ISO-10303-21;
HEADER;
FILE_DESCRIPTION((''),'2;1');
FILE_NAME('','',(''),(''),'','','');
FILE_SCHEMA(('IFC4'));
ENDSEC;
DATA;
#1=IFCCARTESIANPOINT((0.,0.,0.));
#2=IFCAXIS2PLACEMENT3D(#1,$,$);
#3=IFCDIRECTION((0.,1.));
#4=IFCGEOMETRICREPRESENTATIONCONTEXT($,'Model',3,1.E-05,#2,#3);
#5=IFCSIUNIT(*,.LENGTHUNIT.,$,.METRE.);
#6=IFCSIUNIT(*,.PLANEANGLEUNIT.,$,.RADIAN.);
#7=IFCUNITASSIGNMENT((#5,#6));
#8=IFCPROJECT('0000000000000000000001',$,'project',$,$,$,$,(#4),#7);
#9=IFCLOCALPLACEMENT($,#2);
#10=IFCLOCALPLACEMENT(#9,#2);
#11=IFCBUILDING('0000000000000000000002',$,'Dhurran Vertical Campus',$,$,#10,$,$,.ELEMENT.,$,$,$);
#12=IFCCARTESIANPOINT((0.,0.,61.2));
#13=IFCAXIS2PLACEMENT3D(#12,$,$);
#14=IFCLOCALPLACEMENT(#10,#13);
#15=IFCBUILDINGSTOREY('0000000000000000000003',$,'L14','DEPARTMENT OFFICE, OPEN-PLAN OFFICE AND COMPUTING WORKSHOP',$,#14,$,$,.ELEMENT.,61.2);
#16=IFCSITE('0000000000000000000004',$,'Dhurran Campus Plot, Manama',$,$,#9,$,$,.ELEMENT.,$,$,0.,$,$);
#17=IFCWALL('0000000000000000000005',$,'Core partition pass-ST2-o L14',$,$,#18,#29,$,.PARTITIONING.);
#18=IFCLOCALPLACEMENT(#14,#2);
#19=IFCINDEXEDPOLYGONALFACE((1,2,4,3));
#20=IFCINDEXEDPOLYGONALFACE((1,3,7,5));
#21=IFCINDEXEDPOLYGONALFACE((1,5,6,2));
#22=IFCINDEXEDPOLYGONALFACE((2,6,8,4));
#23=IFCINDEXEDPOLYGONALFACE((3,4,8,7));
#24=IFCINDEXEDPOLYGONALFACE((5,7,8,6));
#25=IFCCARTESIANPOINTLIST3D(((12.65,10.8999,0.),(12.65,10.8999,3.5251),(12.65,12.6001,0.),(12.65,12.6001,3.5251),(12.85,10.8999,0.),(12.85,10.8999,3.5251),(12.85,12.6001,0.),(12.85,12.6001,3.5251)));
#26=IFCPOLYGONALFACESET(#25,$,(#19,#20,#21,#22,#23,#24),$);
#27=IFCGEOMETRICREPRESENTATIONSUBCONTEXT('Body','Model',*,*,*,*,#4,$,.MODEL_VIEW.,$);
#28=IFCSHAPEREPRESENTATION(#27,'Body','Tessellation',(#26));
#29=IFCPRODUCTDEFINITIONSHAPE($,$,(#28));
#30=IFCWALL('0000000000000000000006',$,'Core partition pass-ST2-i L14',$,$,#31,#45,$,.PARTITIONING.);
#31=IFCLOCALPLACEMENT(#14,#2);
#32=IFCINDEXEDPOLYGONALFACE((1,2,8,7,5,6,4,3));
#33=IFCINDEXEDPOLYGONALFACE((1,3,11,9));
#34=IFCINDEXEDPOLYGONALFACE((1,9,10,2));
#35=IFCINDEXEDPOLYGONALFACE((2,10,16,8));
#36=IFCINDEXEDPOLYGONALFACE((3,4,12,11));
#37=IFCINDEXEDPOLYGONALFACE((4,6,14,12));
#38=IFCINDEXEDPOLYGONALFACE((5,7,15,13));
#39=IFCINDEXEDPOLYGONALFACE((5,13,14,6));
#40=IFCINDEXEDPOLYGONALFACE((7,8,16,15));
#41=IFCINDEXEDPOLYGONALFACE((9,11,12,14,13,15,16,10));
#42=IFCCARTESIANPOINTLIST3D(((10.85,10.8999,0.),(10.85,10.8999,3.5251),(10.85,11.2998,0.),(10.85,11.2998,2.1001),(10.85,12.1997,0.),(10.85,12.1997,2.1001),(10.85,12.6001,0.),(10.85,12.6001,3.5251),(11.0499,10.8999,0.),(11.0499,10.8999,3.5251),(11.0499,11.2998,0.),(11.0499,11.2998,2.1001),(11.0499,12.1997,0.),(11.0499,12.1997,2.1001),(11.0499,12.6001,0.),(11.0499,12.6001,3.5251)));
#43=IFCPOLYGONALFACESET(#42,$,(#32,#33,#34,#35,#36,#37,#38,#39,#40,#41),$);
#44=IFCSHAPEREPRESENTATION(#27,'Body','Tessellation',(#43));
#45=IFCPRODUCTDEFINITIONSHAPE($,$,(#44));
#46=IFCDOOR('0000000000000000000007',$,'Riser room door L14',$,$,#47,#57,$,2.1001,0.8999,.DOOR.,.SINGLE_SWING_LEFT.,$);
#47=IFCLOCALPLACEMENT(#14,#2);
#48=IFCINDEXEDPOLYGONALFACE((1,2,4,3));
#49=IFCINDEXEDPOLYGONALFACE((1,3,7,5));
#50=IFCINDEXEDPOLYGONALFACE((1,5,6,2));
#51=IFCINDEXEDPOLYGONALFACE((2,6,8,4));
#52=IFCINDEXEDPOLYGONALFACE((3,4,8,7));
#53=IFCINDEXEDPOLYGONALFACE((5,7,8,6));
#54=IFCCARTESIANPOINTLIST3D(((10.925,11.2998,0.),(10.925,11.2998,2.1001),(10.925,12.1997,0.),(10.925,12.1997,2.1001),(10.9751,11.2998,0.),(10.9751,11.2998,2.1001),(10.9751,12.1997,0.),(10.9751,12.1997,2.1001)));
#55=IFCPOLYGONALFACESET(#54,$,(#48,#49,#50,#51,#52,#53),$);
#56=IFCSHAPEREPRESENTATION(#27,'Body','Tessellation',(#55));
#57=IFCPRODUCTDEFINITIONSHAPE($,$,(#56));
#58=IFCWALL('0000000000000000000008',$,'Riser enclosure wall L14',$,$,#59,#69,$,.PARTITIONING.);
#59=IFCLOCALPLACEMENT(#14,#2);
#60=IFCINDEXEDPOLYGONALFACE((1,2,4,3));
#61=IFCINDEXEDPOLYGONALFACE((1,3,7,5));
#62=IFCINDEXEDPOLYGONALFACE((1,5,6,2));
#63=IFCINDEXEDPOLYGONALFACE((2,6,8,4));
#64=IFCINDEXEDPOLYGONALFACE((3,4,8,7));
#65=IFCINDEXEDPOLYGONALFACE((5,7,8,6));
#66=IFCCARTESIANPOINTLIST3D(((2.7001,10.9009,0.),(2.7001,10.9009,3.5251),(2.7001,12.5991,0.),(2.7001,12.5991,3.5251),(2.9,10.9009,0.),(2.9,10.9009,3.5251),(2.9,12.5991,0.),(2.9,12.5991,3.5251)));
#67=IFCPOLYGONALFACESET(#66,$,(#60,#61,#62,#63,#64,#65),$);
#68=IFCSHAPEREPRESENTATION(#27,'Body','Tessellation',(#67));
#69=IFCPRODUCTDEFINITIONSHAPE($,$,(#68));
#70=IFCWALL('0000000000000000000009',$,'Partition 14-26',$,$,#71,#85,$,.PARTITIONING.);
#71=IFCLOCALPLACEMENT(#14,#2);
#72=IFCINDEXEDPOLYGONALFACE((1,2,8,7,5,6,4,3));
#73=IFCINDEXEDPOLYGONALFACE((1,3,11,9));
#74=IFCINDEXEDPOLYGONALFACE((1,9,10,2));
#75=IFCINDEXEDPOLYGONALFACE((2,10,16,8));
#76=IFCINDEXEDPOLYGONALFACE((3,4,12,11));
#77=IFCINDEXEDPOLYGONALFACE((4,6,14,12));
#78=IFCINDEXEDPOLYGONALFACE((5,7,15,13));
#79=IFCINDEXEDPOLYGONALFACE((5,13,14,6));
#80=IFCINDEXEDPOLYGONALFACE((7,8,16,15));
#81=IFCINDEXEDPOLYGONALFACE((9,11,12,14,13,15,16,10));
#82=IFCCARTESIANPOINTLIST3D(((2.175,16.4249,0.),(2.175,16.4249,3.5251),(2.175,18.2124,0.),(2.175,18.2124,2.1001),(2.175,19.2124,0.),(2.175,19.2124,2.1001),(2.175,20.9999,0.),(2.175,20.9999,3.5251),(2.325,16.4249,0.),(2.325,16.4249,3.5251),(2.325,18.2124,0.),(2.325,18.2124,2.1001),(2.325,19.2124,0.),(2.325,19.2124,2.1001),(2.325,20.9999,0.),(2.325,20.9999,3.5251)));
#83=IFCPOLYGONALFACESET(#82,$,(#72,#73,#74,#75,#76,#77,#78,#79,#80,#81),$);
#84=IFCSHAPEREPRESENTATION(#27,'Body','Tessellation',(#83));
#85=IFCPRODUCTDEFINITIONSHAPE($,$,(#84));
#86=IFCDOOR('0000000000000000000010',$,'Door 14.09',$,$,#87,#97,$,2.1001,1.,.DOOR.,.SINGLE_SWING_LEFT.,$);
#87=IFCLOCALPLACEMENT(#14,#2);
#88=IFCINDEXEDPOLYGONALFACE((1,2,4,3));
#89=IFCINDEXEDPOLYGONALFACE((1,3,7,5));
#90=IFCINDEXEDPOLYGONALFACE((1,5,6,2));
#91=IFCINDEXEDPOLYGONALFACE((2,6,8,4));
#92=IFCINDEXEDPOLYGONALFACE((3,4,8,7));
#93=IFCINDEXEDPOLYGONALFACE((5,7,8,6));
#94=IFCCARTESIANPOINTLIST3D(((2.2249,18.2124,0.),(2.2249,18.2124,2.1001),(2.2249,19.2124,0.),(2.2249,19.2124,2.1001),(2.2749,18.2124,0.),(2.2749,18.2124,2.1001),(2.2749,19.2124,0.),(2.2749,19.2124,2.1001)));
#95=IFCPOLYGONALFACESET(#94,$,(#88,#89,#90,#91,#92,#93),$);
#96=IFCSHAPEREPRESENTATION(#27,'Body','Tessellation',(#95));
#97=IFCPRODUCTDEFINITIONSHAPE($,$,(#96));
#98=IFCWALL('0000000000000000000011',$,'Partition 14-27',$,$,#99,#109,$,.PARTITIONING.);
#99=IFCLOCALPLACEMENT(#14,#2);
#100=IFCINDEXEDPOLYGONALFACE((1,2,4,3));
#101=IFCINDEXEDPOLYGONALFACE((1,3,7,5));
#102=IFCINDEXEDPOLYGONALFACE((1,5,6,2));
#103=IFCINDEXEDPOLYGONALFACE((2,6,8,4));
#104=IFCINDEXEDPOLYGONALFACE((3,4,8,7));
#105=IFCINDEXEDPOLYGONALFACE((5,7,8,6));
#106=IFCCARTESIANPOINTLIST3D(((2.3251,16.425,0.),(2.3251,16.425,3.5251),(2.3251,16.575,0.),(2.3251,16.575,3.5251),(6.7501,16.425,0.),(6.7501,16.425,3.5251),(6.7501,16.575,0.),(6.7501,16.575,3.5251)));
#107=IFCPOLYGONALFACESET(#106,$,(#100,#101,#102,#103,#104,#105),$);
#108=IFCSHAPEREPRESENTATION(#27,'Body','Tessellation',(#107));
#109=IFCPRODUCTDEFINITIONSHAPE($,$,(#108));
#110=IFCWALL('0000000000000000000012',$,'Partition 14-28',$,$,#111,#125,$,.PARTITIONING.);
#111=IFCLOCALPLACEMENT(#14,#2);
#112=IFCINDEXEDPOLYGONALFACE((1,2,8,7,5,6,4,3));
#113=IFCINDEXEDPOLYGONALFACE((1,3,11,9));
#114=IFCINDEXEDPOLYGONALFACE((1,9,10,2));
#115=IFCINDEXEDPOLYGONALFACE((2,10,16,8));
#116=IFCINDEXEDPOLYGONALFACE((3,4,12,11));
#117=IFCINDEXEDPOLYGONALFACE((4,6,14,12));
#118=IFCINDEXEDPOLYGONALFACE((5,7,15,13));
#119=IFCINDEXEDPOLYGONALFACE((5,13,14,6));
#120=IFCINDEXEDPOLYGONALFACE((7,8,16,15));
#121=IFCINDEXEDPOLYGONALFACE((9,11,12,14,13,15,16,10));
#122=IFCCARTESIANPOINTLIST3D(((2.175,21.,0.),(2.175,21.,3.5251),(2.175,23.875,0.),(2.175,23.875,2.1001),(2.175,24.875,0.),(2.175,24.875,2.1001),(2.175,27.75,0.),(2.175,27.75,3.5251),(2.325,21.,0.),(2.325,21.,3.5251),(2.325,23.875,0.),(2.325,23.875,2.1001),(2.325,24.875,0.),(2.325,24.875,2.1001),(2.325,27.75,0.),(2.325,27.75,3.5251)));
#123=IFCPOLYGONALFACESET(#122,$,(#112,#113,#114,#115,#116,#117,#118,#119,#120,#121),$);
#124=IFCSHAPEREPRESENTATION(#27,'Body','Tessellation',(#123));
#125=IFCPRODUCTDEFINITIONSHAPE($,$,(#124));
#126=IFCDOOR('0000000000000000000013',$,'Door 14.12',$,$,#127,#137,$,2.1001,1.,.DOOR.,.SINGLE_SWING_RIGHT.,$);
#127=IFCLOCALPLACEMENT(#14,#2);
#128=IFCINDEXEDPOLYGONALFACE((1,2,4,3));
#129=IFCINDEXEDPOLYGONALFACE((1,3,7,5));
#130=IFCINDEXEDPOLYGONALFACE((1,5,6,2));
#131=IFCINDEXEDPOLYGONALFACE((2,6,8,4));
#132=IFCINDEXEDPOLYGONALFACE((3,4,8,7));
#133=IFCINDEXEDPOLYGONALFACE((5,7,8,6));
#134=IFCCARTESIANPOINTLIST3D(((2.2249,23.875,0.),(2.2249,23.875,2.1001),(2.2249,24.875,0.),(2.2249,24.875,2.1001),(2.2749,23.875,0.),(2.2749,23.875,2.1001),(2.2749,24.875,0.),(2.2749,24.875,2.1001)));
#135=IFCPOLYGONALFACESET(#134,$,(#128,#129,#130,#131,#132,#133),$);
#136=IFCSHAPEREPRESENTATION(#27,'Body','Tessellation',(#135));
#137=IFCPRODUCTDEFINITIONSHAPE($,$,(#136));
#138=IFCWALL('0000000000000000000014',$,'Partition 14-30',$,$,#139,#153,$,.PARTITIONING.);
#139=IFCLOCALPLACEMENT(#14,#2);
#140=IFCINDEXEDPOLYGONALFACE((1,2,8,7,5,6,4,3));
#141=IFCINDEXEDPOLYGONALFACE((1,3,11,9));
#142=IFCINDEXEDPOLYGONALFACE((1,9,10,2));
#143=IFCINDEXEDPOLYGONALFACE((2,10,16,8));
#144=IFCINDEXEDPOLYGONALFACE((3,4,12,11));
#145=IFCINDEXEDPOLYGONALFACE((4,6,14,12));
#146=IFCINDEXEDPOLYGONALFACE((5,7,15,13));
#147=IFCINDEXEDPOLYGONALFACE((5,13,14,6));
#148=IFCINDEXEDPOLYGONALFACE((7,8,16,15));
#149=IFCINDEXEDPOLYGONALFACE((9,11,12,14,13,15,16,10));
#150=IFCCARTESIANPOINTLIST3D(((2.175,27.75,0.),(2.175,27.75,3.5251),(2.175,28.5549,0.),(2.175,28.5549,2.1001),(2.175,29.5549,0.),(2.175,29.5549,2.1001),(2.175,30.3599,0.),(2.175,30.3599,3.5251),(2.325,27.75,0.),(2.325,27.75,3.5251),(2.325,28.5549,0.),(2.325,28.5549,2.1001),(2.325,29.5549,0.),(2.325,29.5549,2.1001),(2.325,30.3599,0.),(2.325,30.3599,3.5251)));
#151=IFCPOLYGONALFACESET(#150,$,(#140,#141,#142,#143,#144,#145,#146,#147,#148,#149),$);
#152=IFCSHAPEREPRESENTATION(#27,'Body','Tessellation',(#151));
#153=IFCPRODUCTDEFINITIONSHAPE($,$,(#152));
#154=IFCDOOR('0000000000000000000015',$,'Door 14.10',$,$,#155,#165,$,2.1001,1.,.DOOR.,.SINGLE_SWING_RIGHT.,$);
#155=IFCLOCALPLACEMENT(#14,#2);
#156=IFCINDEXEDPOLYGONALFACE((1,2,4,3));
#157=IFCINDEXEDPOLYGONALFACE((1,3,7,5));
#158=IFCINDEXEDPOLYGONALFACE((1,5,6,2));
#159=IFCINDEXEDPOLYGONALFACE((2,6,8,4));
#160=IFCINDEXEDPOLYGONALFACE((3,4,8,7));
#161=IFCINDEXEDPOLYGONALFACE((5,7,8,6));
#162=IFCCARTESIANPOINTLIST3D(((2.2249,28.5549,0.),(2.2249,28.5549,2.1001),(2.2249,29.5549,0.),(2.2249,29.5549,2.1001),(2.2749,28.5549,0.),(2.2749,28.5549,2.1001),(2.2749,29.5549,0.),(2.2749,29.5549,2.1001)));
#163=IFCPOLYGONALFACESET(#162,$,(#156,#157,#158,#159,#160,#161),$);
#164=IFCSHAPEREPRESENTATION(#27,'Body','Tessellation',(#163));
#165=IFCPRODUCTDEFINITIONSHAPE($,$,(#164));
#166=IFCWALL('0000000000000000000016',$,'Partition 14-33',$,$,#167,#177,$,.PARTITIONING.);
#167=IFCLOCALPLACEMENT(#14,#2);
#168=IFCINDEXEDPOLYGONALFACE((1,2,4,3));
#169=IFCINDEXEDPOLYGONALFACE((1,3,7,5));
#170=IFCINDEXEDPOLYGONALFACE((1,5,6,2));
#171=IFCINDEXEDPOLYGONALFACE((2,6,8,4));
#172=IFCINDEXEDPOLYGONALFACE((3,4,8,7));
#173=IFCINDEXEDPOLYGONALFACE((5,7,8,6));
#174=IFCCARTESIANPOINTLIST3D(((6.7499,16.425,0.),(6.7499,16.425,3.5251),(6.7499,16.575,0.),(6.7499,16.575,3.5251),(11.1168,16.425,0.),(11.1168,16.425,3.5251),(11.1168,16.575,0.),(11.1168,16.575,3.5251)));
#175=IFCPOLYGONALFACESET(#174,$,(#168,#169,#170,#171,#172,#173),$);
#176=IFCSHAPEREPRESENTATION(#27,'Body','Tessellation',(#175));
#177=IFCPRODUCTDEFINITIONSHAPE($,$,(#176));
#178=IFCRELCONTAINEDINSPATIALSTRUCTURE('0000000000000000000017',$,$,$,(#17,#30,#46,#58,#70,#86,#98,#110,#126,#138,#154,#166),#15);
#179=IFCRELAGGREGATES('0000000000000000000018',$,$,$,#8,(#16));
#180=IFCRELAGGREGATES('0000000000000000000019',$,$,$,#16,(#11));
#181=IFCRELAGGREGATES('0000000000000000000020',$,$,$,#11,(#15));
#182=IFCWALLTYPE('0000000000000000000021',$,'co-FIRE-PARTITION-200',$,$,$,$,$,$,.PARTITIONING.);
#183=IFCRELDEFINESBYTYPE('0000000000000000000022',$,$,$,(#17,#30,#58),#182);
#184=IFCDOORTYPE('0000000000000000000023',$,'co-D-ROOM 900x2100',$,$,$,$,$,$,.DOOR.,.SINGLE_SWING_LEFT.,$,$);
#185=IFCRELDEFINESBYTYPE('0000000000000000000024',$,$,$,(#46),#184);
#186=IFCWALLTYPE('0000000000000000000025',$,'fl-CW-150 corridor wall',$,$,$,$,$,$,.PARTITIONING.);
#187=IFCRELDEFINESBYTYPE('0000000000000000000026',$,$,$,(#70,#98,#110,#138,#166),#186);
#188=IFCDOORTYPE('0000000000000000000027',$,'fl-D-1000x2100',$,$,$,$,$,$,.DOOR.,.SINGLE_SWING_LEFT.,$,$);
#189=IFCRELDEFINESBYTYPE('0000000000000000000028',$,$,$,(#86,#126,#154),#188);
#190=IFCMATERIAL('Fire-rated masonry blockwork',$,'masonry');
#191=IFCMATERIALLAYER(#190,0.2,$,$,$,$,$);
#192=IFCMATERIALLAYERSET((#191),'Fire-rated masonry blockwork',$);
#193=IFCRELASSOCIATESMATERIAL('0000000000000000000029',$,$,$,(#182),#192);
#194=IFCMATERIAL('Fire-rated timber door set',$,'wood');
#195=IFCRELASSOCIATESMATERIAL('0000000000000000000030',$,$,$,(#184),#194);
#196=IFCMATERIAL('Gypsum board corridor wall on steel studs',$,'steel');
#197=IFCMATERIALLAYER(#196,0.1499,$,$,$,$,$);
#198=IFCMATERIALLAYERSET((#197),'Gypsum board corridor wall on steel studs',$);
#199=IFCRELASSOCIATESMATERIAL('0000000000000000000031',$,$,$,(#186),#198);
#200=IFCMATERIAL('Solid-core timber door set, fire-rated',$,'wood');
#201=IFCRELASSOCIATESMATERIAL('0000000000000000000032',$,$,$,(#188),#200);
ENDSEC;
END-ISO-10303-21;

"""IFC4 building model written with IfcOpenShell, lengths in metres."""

from ifc_helpers import new_model, si_unit, direction, frame, frame_2d, origin, place, context, subcontext, project, spatial, rectangle, extrude, material, layer, layer_set, type_object, element, fill, save


model = new_model("IFC4")

# Units and contexts
model_context = context("Model", 3, precision=1e-05, world=origin(), true_north=direction((0.0, 1.0)))
body_context = subcontext(model_context, "Body", "Model", "MODEL_VIEW")
ifc_project = project(units=[si_unit("LENGTHUNIT", "METRE"), si_unit("PLANEANGLEUNIT", "RADIAN")], contexts=[model_context])

# Site, building, storey
site_placement = place(None, origin())
site = spatial("IfcSite", under=ifc_project, at=site_placement, Name="Dhurran Campus Plot, Manama", CompositionType="ELEMENT", RefElevation=0.0)
building_placement = place(site_placement, origin())
building = spatial("IfcBuilding", under=site, at=building_placement, Name="Dhurran Vertical Campus", CompositionType="ELEMENT")
storey_placement = place(building_placement, frame((0.0, 0.0, 61.2)))
storey = spatial("IfcBuildingStorey", under=building, at=storey_placement, Name="L14", Description="DEPARTMENT OFFICE, OPEN-PLAN OFFICE AND COMPUTING WORKSHOP", CompositionType="ELEMENT", Elevation=61.2)

# Wall
ifc_material_1 = material(Name="Fire-rated masonry blockwork", Category="masonry")
ifc_layer_1 = layer(ifc_material_1, 0.2)
ifc_layer_set_1 = layer_set([ifc_layer_1], Name="Fire-rated masonry blockwork")
wall_type_1 = type_object("IfcWallType", Name="co-FIRE-PARTITION-200", PredefinedType="PARTITIONING", material=ifc_layer_set_1)
wall_1_placement = place(storey_placement, frame((12.75, 10.8999, 0.0), z_axis=(0.0, 0.0, 1.0), x_axis=(0.0, 1.0, 0.0)))
element("IfcWall", 1, at=wall_1_placement, inside=storey, type_object=wall_type_1, Name="Core partition pass-ST2-o L14", PredefinedType="PARTITIONING", context=body_context, shape_type="SweptSolid", body=[
    extrude(rectangle(XDim=1.7002, YDim=0.2, at=frame_2d((0.8501, 0.0))), origin(), (0.0, 0.0, 1.0), 3.5251),
])

# Wall, opening, door
wall_2_placement = place(storey_placement, frame((10.95, 10.8999, 0.0), z_axis=(0.0, 0.0, 1.0), x_axis=(0.0, 1.0, 0.0)))
wall_2 = element("IfcWall", 2, at=wall_2_placement, inside=storey, type_object=wall_type_1, Name="Core partition pass-ST2-i L14", PredefinedType="PARTITIONING", context=body_context, shape_type="SweptSolid", body=[
    extrude(rectangle(XDim=1.7002, YDim=0.2, at=frame_2d((0.8501, 0.0))), origin(), (0.0, 0.0, 1.0), 3.5251),
])
opening_1_placement = place(wall_2_placement, frame((0.3999, 0.0, 0.0)))
opening_1 = element("IfcOpeningElement", 3, at=opening_1_placement, cuts=wall_2, PredefinedType="OPENING", context=body_context, shape_type="SweptSolid", body=[
    extrude(rectangle(XDim=0.8999, YDim=2.1001, at=frame_2d((0.45, 1.05))), frame((0.0, 0.1099, 0.0), z_axis=(0.0, -1.0, 0.0), x_axis=(1.0, 0.0, 0.0)), (0.0, 0.0, 1.0), 0.22),
])
ifc_material_2 = material(Name="Fire-rated timber door set", Category="wood")
door_type_1 = type_object("IfcDoorType", Name="co-D-ROOM 900x2100", OperationType="SINGLE_SWING_LEFT", PredefinedType="DOOR", material=ifc_material_2)
door_1_placement = place(opening_1_placement, origin())
door_1 = element("IfcDoor", 4, at=door_1_placement, inside=storey, type_object=door_type_1, Name="Riser room door L14", OperationType="SINGLE_SWING_LEFT", OverallHeight=2.1001, OverallWidth=0.8999, PredefinedType="DOOR", context=body_context, shape_type="SweptSolid", body=[
    extrude(rectangle(XDim=0.8999, YDim=2.1001, at=frame_2d((0.45, 1.05))), frame((0.0, 0.0249, 0.0), z_axis=(0.0, -1.0, 0.0), x_axis=(1.0, 0.0, 0.0)), (0.0, 0.0, 1.0), 0.05),
])
fill(opening_1, door_1)

# Wall
wall_3_placement = place(storey_placement, frame((2.8, 12.5991, 0.0), z_axis=(0.0, 0.0, 1.0), x_axis=(0.0, -1.0, 0.0)))
element("IfcWall", 5, at=wall_3_placement, inside=storey, type_object=wall_type_1, Name="Riser enclosure wall L14", PredefinedType="PARTITIONING", context=body_context, shape_type="SweptSolid", body=[
    extrude(rectangle(XDim=1.6982, YDim=0.2, at=frame_2d((0.8491, 0.0))), origin(), (0.0, 0.0, 1.0), 3.5251),
])

# Wall, opening, door
ifc_material_3 = material(Name="Gypsum board corridor wall on steel studs", Category="steel")
ifc_layer_2 = layer(ifc_material_3, 0.1499)
ifc_layer_set_2 = layer_set([ifc_layer_2], Name="Gypsum board corridor wall on steel studs")
wall_type_2 = type_object("IfcWallType", Name="fl-CW-150 corridor wall", PredefinedType="PARTITIONING", material=ifc_layer_set_2)
wall_4_placement = place(storey_placement, frame((2.25, 21.0, 0.0), z_axis=(0.0, 0.0, 1.0), x_axis=(0.0, -1.0, 0.0)))
wall_4 = element("IfcWall", 6, at=wall_4_placement, inside=storey, type_object=wall_type_2, Name="Partition 14-26", PredefinedType="PARTITIONING", context=body_context, shape_type="SweptSolid", body=[
    extrude(rectangle(XDim=4.575, YDim=0.1499, at=frame_2d((2.2876, 0.0))), origin(), (0.0, 0.0, 1.0), 3.5251),
])
opening_2_placement = place(wall_4_placement, frame((1.7876, 0.0, 0.0)))
opening_2 = element("IfcOpeningElement", 7, at=opening_2_placement, cuts=wall_4, PredefinedType="OPENING", context=body_context, shape_type="SweptSolid", body=[
    extrude(rectangle(XDim=1.0, YDim=2.1001, at=frame_2d((0.5, 1.05))), frame((0.0, 0.085, 0.0), z_axis=(0.0, -1.0, 0.0), x_axis=(1.0, 0.0, 0.0)), (0.0, 0.0, 1.0), 0.1699),
])
ifc_material_4 = material(Name="Solid-core timber door set, fire-rated", Category="wood")
door_type_2 = type_object("IfcDoorType", Name="fl-D-1000x2100", OperationType="SINGLE_SWING_LEFT", PredefinedType="DOOR", material=ifc_material_4)
door_2_placement = place(opening_2_placement, origin())
door_2 = element("IfcDoor", 8, at=door_2_placement, inside=storey, type_object=door_type_2, Name="Door 14.09", OperationType="SINGLE_SWING_LEFT", OverallHeight=2.1001, OverallWidth=1.0, PredefinedType="DOOR", context=body_context, shape_type="SweptSolid", body=[
    extrude(rectangle(XDim=1.0, YDim=2.1001, at=frame_2d((0.5, 1.05))), frame((0.0, 0.0249, 0.0), z_axis=(0.0, -1.0, 0.0), x_axis=(1.0, 0.0, 0.0)), (0.0, 0.0, 1.0), 0.05),
])
fill(opening_2, door_2)

# Wall
wall_5_placement = place(storey_placement, frame((6.75, 16.5, 0.0), z_axis=(0.0, 0.0, 1.0), x_axis=(-1.0, 0.0, 0.0)))
element("IfcWall", 9, at=wall_5_placement, inside=storey, type_object=wall_type_2, Name="Partition 14-27", PredefinedType="PARTITIONING", context=body_context, shape_type="SweptSolid", body=[
    extrude(rectangle(XDim=4.425, YDim=0.1499, at=frame_2d((2.2124, 0.0))), origin(), (0.0, 0.0, 1.0), 3.5251),
])

# Walls, openings, doors
wall_6_placement = place(storey_placement, frame((2.25, 27.75, 0.0), z_axis=(0.0, 0.0, 1.0), x_axis=(0.0, -1.0, 0.0)))
wall_6 = element("IfcWall", 10, at=wall_6_placement, inside=storey, type_object=wall_type_2, Name="Partition 14-28", PredefinedType="PARTITIONING", context=body_context, shape_type="SweptSolid", body=[
    extrude(rectangle(XDim=6.75, YDim=0.1499, at=frame_2d((3.375, 0.0))), origin(), (0.0, 0.0, 1.0), 3.5251),
])
opening_3_placement = place(wall_6_placement, frame((2.875, 0.0, 0.0)))
opening_3 = element("IfcOpeningElement", 11, at=opening_3_placement, cuts=wall_6, PredefinedType="OPENING", context=body_context, shape_type="SweptSolid", body=[
    extrude(rectangle(XDim=1.0, YDim=2.1001, at=frame_2d((0.5, 1.05))), frame((0.0, 0.085, 0.0), z_axis=(0.0, -1.0, 0.0), x_axis=(1.0, 0.0, 0.0)), (0.0, 0.0, 1.0), 0.1699),
])
door_3_placement = place(opening_3_placement, origin())
door_3 = element("IfcDoor", 12, at=door_3_placement, inside=storey, type_object=door_type_2, Name="Door 14.12", OperationType="SINGLE_SWING_RIGHT", OverallHeight=2.1001, OverallWidth=1.0, PredefinedType="DOOR", context=body_context, shape_type="SweptSolid", body=[
    extrude(rectangle(XDim=1.0, YDim=2.1001, at=frame_2d((0.5, 1.05))), frame((0.0, 0.0249, 0.0), z_axis=(0.0, -1.0, 0.0), x_axis=(1.0, 0.0, 0.0)), (0.0, 0.0, 1.0), 0.05),
])
fill(opening_3, door_3)
wall_7_placement = place(storey_placement, frame((2.25, 30.3599, 0.0), z_axis=(0.0, 0.0, 1.0), x_axis=(0.0, -1.0, 0.0)))
wall_7 = element("IfcWall", 13, at=wall_7_placement, inside=storey, type_object=wall_type_2, Name="Partition 14-30", PredefinedType="PARTITIONING", context=body_context, shape_type="SweptSolid", body=[
    extrude(rectangle(XDim=2.6099, YDim=0.1499, at=frame_2d((1.3049, 0.0))), origin(), (0.0, 0.0, 1.0), 3.5251),
])
opening_4_placement = place(wall_7_placement, frame((0.8049, 0.0, 0.0)))
opening_4 = element("IfcOpeningElement", 14, at=opening_4_placement, cuts=wall_7, PredefinedType="OPENING", context=body_context, shape_type="SweptSolid", body=[
    extrude(rectangle(XDim=1.0, YDim=2.1001, at=frame_2d((0.5, 1.05))), frame((0.0, 0.085, 0.0), z_axis=(0.0, -1.0, 0.0), x_axis=(1.0, 0.0, 0.0)), (0.0, 0.0, 1.0), 0.1699),
])
door_4_placement = place(opening_4_placement, origin())
door_4 = element("IfcDoor", 15, at=door_4_placement, inside=storey, type_object=door_type_2, Name="Door 14.10", OperationType="SINGLE_SWING_RIGHT", OverallHeight=2.1001, OverallWidth=1.0, PredefinedType="DOOR", context=body_context, shape_type="SweptSolid", body=[
    extrude(rectangle(XDim=1.0, YDim=2.1001, at=frame_2d((0.5, 1.05))), frame((0.0, 0.0249, 0.0), z_axis=(0.0, -1.0, 0.0), x_axis=(1.0, 0.0, 0.0)), (0.0, 0.0, 1.0), 0.05),
])
fill(opening_4, door_4)

# Wall
wall_8_placement = place(storey_placement, frame((11.1169, 16.5, 0.0), z_axis=(0.0, 0.0, 1.0), x_axis=(-1.0, 0.0, 0.0)))
element("IfcWall", 16, at=wall_8_placement, inside=storey, type_object=wall_type_2, Name="Partition 14-33", PredefinedType="PARTITIONING", context=body_context, shape_type="SweptSolid", body=[
    extrude(rectangle(XDim=4.3669, YDim=0.1499, at=frame_2d((2.1836, 0.0))), origin(), (0.0, 0.0, 1.0), 3.5251),
])

save(model, "model.ifc")
